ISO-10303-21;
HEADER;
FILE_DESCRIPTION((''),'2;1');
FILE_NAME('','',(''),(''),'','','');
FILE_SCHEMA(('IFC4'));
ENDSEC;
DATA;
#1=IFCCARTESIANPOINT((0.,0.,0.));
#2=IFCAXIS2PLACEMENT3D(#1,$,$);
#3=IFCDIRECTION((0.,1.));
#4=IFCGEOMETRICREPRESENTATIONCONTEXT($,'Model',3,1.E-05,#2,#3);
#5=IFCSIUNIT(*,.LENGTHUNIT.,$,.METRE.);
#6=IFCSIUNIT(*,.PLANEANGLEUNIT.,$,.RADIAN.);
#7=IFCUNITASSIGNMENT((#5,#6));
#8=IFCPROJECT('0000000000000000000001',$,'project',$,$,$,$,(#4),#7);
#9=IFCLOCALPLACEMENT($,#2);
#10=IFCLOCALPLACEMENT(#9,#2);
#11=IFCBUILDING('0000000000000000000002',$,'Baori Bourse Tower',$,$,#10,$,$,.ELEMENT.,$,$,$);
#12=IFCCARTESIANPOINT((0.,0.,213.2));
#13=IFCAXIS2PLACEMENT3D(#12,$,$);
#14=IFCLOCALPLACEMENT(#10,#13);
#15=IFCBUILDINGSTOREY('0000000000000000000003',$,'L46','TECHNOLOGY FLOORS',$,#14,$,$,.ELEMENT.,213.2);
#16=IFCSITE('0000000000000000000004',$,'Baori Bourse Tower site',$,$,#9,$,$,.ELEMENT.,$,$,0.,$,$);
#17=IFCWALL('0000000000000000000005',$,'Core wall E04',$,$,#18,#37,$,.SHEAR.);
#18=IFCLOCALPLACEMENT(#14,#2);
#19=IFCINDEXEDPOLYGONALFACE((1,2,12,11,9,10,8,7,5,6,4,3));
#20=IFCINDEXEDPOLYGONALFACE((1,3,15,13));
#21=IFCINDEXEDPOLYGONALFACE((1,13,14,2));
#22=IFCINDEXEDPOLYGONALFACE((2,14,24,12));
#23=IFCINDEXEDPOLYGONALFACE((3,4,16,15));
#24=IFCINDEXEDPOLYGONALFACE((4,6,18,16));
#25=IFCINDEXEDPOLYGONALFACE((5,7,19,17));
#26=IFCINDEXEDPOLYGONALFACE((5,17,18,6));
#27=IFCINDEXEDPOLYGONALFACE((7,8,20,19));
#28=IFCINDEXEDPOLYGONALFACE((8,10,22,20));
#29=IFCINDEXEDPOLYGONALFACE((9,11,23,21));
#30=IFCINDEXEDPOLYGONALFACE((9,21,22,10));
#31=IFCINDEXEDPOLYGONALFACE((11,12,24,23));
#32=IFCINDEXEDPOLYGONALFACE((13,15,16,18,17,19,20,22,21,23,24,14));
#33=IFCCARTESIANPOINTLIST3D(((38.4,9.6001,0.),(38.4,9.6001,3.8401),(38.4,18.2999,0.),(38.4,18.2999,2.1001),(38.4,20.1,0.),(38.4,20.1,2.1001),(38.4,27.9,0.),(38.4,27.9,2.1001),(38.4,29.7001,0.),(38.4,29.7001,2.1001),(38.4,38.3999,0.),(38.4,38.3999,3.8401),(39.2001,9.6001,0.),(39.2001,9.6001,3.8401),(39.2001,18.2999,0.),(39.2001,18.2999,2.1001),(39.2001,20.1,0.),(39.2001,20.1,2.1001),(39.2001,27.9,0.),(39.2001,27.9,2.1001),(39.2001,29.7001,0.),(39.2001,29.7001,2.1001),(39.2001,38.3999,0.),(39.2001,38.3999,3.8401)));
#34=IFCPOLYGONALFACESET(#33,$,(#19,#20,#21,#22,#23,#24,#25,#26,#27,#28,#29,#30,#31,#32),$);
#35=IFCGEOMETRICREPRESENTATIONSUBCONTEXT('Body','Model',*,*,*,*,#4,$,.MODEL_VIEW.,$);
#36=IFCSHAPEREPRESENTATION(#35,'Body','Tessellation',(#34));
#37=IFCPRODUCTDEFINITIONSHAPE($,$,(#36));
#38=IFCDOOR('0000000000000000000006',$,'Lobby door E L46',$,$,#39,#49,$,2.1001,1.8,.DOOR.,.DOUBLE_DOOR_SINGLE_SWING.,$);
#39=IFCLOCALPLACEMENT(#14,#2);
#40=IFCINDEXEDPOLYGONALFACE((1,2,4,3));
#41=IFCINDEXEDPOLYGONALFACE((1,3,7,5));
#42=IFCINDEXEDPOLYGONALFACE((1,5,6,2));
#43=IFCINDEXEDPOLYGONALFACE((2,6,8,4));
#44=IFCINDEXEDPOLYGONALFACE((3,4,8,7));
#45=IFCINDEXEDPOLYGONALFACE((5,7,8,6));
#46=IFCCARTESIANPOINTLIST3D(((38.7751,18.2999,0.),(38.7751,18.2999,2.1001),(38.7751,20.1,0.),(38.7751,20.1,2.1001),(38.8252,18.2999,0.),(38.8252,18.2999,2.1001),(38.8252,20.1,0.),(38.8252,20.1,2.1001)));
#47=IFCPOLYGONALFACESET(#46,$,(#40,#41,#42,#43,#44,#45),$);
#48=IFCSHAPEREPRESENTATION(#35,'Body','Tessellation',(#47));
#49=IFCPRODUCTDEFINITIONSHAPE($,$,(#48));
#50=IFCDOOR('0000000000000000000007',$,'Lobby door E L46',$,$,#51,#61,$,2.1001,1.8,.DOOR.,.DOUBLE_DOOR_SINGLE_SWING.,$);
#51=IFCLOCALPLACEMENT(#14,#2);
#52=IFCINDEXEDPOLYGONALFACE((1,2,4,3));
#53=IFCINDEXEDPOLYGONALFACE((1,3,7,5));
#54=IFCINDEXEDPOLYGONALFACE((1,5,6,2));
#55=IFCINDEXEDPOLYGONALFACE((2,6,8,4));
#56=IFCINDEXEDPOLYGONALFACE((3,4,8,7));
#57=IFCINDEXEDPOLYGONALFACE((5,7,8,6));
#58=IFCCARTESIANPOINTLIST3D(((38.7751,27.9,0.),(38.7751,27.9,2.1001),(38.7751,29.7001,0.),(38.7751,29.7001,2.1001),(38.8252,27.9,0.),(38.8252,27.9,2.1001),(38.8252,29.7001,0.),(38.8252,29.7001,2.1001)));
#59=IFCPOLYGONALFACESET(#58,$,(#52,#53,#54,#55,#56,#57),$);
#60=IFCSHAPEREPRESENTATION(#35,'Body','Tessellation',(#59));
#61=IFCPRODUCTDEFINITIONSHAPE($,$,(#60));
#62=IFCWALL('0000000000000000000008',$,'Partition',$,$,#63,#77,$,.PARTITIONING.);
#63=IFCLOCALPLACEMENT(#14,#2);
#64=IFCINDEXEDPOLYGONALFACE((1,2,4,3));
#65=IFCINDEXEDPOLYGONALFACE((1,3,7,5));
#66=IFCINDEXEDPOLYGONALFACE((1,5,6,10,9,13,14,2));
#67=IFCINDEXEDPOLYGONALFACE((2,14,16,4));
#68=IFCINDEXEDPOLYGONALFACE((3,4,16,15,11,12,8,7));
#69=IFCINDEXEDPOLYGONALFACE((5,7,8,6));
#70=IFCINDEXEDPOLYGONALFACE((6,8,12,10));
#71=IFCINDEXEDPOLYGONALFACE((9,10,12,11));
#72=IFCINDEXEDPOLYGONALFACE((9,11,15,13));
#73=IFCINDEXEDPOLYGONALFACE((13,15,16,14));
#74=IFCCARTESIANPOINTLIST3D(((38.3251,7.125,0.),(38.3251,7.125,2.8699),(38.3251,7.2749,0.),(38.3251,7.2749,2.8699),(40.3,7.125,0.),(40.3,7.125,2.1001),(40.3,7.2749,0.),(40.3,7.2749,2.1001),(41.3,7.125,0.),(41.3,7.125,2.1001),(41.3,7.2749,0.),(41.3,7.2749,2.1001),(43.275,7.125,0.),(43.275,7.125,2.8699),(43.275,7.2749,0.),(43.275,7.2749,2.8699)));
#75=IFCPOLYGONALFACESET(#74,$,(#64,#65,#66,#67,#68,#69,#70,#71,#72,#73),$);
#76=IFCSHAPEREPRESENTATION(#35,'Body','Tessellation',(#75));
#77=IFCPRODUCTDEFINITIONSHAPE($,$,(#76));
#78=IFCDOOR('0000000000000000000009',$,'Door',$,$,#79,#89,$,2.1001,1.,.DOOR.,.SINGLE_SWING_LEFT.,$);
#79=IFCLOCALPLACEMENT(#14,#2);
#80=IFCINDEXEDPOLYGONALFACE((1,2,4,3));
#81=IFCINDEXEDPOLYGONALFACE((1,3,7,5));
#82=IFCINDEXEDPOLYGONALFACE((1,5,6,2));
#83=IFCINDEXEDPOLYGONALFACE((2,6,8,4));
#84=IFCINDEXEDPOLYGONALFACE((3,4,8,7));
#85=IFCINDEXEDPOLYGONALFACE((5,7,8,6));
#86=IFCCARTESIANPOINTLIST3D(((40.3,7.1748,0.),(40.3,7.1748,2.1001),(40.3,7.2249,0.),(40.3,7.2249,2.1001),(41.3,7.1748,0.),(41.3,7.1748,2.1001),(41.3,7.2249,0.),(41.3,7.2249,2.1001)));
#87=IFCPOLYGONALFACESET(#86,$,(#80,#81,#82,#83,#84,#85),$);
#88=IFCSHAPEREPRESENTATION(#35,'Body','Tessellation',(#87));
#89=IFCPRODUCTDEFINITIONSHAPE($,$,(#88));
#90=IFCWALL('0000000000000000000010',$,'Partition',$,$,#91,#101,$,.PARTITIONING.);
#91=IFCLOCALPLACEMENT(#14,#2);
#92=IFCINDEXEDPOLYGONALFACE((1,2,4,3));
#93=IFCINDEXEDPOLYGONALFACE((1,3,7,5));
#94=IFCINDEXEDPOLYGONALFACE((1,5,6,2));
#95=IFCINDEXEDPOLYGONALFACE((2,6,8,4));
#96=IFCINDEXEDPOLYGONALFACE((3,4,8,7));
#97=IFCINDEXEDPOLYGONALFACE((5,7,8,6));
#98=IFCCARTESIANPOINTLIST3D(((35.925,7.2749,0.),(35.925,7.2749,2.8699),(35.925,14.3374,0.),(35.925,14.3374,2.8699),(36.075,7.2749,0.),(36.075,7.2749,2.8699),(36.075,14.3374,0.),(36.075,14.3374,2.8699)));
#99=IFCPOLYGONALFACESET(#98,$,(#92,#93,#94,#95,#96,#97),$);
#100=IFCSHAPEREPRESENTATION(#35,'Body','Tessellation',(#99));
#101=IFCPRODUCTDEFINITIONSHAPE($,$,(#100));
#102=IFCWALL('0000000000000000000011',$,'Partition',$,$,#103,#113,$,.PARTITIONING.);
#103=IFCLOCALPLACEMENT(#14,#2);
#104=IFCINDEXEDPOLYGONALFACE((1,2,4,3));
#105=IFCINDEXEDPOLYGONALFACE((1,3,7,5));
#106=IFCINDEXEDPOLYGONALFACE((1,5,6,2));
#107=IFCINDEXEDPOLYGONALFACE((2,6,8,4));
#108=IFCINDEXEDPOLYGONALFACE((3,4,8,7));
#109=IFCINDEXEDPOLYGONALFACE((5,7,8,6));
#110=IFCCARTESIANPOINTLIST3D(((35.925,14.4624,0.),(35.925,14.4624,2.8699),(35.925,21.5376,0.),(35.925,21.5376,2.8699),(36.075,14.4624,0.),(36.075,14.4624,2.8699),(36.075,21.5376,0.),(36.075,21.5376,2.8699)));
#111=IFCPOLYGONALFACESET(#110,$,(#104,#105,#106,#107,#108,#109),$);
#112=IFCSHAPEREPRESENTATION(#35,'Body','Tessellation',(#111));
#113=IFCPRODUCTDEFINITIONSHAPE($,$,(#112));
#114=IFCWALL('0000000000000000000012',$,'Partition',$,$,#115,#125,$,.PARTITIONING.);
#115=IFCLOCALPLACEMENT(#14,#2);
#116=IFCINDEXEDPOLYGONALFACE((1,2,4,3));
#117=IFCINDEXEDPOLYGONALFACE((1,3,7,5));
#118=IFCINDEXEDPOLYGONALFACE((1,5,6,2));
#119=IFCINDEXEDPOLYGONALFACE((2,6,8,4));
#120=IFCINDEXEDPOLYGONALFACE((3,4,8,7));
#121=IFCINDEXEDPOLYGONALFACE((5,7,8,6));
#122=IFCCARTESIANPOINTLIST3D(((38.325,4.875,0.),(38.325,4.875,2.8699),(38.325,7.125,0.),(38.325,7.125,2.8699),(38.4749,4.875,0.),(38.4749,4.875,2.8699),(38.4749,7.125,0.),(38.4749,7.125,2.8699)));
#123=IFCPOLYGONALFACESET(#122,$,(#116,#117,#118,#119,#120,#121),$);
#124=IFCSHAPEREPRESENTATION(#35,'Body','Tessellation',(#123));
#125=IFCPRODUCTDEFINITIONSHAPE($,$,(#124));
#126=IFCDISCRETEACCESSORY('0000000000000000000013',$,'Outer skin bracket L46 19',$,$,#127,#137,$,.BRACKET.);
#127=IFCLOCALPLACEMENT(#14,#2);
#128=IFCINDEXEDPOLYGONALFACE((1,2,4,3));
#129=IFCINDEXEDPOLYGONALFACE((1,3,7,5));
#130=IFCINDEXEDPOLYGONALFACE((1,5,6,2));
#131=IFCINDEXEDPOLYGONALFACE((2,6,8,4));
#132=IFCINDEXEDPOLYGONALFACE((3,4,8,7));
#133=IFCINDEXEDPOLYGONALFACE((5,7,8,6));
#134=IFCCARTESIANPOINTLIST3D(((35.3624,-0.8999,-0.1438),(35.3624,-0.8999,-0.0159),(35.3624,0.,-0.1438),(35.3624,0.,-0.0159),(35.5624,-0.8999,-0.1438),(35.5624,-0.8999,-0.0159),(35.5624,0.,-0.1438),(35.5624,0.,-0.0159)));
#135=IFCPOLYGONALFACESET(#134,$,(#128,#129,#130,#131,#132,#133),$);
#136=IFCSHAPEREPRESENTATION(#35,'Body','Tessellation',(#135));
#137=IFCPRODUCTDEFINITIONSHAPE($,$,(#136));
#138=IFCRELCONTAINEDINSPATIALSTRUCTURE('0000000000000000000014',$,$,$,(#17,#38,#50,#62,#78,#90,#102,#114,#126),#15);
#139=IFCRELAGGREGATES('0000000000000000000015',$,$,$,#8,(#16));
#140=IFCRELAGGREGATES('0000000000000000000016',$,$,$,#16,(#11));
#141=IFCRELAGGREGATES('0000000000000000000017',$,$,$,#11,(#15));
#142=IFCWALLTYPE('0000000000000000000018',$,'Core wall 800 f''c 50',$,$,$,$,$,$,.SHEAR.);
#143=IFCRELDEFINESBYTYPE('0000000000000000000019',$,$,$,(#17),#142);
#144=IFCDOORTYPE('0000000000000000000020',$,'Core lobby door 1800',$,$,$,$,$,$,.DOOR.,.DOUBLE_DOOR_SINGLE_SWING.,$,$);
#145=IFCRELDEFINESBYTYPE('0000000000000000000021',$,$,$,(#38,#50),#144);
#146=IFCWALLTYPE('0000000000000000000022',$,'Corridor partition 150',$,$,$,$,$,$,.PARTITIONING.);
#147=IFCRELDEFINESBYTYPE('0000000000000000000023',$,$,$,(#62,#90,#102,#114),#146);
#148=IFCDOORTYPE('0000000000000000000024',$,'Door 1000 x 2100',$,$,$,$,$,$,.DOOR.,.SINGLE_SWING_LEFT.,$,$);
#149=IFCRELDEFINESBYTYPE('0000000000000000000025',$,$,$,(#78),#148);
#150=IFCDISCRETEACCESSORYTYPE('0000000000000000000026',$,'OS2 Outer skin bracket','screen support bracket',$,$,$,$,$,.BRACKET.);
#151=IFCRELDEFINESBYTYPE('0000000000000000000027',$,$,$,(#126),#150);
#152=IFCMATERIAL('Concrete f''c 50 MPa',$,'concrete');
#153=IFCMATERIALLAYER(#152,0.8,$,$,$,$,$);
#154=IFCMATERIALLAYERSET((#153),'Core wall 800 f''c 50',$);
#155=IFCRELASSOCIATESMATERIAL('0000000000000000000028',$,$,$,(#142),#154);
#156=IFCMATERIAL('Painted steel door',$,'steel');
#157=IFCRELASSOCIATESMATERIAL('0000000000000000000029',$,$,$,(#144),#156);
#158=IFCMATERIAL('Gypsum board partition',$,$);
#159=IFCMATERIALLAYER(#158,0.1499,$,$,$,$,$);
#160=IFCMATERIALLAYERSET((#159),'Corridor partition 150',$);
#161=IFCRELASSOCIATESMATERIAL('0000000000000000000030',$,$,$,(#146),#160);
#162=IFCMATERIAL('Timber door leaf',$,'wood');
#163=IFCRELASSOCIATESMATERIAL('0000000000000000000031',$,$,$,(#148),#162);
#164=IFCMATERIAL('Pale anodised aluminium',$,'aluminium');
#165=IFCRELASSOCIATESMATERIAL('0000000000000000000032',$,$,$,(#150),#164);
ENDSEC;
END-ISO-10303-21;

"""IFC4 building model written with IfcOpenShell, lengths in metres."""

from ifc_helpers import new_model, si_unit, direction, frame, frame_2d, origin, origin_2d, place, context, subcontext, project, spatial, rectangle, extrude, material, layer, layer_set, type_object, element, fill, save


model = new_model("IFC4")

# Units and contexts
model_context = context("Model", 3, precision=1e-05, world=origin(), true_north=direction((0.0, 1.0)))
body_context = subcontext(model_context, "Body", "Model", "MODEL_VIEW")
ifc_project = project(units=[si_unit("LENGTHUNIT", "METRE"), si_unit("PLANEANGLEUNIT", "RADIAN")], contexts=[model_context])

# Site, building, storey
site_placement = place(None, origin())
site = spatial("IfcSite", under=ifc_project, at=site_placement, Name="Baori Bourse Tower site", CompositionType="ELEMENT", RefElevation=0.0)
building_placement = place(site_placement, origin())
building = spatial("IfcBuilding", under=site, at=building_placement, Name="Baori Bourse Tower", CompositionType="ELEMENT")
storey_placement = place(building_placement, frame((0.0, 0.0, 213.2)))
storey = spatial("IfcBuildingStorey", under=building, at=storey_placement, Name="L46", Description="TECHNOLOGY FLOORS", CompositionType="ELEMENT", Elevation=213.2)

# Wall, openings, doors
ifc_material_1 = material(Name="Concrete f'c 50 MPa", Category="concrete")
ifc_layer_1 = layer(ifc_material_1, 0.8)
ifc_layer_set_1 = layer_set([ifc_layer_1], Name="Core wall 800 f'c 50")
wall_type_1 = type_object("IfcWallType", Name="Core wall 800 f'c 50", PredefinedType="SHEAR", material=ifc_layer_set_1)
wall_1_placement = place(storey_placement, frame((38.8, 9.6001, 0.0), z_axis=(0.0, 0.0, 1.0), x_axis=(0.0, 1.0, 0.0)))
wall_1 = element("IfcWall", 1, at=wall_1_placement, inside=storey, type_object=wall_type_1, Name="Core wall E04", PredefinedType="SHEAR", context=body_context, shape_type="SweptSolid", body=[
    extrude(rectangle(XDim=28.7998, YDim=0.8, at=frame_2d((14.3999, 0.0))), origin(), (0.0, 0.0, 1.0), 3.8401),
])
opening_1_placement = place(wall_1_placement, frame((8.7, 0.0, 0.0)))
opening_1 = element("IfcOpeningElement", 2, at=opening_1_placement, cuts=wall_1, PredefinedType="OPENING", context=body_context, shape_type="SweptSolid", body=[
    extrude(rectangle(XDim=1.8, YDim=2.1001, at=frame_2d((0.8999, 1.05))), frame((0.0, 0.4099, 0.0), z_axis=(0.0, -1.0, 0.0), x_axis=(1.0, 0.0, 0.0)), (0.0, 0.0, 1.0), 0.8201),
])
opening_2_placement = place(wall_1_placement, frame((18.3, 0.0, 0.0)))
opening_2 = element("IfcOpeningElement", 3, at=opening_2_placement, cuts=wall_1, PredefinedType="OPENING", context=body_context, shape_type="SweptSolid", body=[
    extrude(rectangle(XDim=1.8, YDim=2.1001, at=frame_2d((0.8999, 1.05))), frame((0.0, 0.4099, 0.0), z_axis=(0.0, -1.0, 0.0), x_axis=(1.0, 0.0, 0.0)), (0.0, 0.0, 1.0), 0.8201),
])
ifc_material_2 = material(Name="Painted steel door", Category="steel")
door_type_1 = type_object("IfcDoorType", Name="Core lobby door 1800", OperationType="DOUBLE_DOOR_SINGLE_SWING", PredefinedType="DOOR", material=ifc_material_2)
door_1_placement = place(opening_1_placement, origin())
door_1 = element("IfcDoor", 4, at=door_1_placement, inside=storey, type_object=door_type_1, Name="Lobby door E L46", OperationType="DOUBLE_DOOR_SINGLE_SWING", OverallHeight=2.1001, OverallWidth=1.8, PredefinedType="DOOR", context=body_context, shape_type="SweptSolid", body=[
    extrude(rectangle(XDim=1.8, YDim=2.1001, at=frame_2d((0.8999, 1.05))), frame((0.0, 0.0249, 0.0), z_axis=(0.0, -1.0, 0.0), x_axis=(1.0, 0.0, 0.0)), (0.0, 0.0, 1.0), 0.05),
])
fill(opening_1, door_1)
door_2_placement = place(opening_2_placement, origin())
door_2 = element("IfcDoor", 5, at=door_2_placement, inside=storey, type_object=door_type_1, Name="Lobby door E L46", OperationType="DOUBLE_DOOR_SINGLE_SWING", OverallHeight=2.1001, OverallWidth=1.8, PredefinedType="DOOR", context=body_context, shape_type="SweptSolid", body=[
    extrude(rectangle(XDim=1.8, YDim=2.1001, at=frame_2d((0.8999, 1.05))), frame((0.0, 0.0249, 0.0), z_axis=(0.0, -1.0, 0.0), x_axis=(1.0, 0.0, 0.0)), (0.0, 0.0, 1.0), 0.05),
])
fill(opening_2, door_2)

# Wall, opening, door
ifc_material_3 = material(Name="Gypsum board partition")
ifc_layer_2 = layer(ifc_material_3, 0.1499)
ifc_layer_set_2 = layer_set([ifc_layer_2], Name="Corridor partition 150")
wall_type_2 = type_object("IfcWallType", Name="Corridor partition 150", PredefinedType="PARTITIONING", material=ifc_layer_set_2)
wall_2_placement = place(storey_placement, frame((38.325, 7.2, 0.0), z_axis=(0.0, 0.0, 1.0), x_axis=(1.0, 0.0, 0.0)))
wall_2 = element("IfcWall", 6, at=wall_2_placement, inside=storey, type_object=wall_type_2, Name="Partition", PredefinedType="PARTITIONING", context=body_context, shape_type="SweptSolid", body=[
    extrude(rectangle(XDim=4.95, YDim=0.1499, at=frame_2d((2.4751, 0.0))), origin(), (0.0, 0.0, 1.0), 2.8699),
])
opening_3_placement = place(wall_2_placement, frame((1.9751, 0.0, 0.0)))
opening_3 = element("IfcOpeningElement", 7, at=opening_3_placement, cuts=wall_2, PredefinedType="OPENING", context=body_context, shape_type="SweptSolid", body=[
    extrude(rectangle(XDim=1.0, YDim=2.1001, at=frame_2d((0.5, 1.05))), frame((0.0, 0.085, 0.0), z_axis=(0.0, -1.0, 0.0), x_axis=(1.0, 0.0, 0.0)), (0.0, 0.0, 1.0), 0.1699),
])
ifc_material_4 = material(Name="Timber door leaf", Category="wood")
door_type_2 = type_object("IfcDoorType", Name="Door 1000 x 2100", OperationType="SINGLE_SWING_LEFT", PredefinedType="DOOR", material=ifc_material_4)
door_3_placement = place(opening_3_placement, origin())
door_3 = element("IfcDoor", 8, at=door_3_placement, inside=storey, type_object=door_type_2, Name="Door", OperationType="SINGLE_SWING_LEFT", OverallHeight=2.1001, OverallWidth=1.0, PredefinedType="DOOR", context=body_context, shape_type="SweptSolid", body=[
    extrude(rectangle(XDim=1.0, YDim=2.1001, at=frame_2d((0.5, 1.05))), frame((0.0, 0.0249, 0.0), z_axis=(0.0, -1.0, 0.0), x_axis=(1.0, 0.0, 0.0)), (0.0, 0.0, 1.0), 0.05),
])
fill(opening_3, door_3)

# Walls
wall_3_placement = place(storey_placement, frame((36.0, 7.2749, 0.0), z_axis=(0.0, 0.0, 1.0), x_axis=(0.0, 1.0, 0.0)))
element("IfcWall", 9, at=wall_3_placement, inside=storey, type_object=wall_type_2, Name="Partition", PredefinedType="PARTITIONING", context=body_context, shape_type="SweptSolid", body=[
    extrude(rectangle(XDim=7.0625, YDim=0.1499, at=frame_2d((3.5312, 0.0))), origin(), (0.0, 0.0, 1.0), 2.8699),
])
wall_4_placement = place(storey_placement, frame((36.0, 14.4624, 0.0), z_axis=(0.0, 0.0, 1.0), x_axis=(0.0, 1.0, 0.0)))
element("IfcWall", 10, at=wall_4_placement, inside=storey, type_object=wall_type_2, Name="Partition", PredefinedType="PARTITIONING", context=body_context, shape_type="SweptSolid", body=[
    extrude(rectangle(XDim=7.0752, YDim=0.1499, at=frame_2d((3.5376, 0.0))), origin(), (0.0, 0.0, 1.0), 2.8699),
])
wall_5_placement = place(storey_placement, frame((38.3999, 4.875, 0.0), z_axis=(0.0, 0.0, 1.0), x_axis=(0.0, 1.0, 0.0)))
element("IfcWall", 11, at=wall_5_placement, inside=storey, type_object=wall_type_2, Name="Partition", PredefinedType="PARTITIONING", context=body_context, shape_type="SweptSolid", body=[
    extrude(rectangle(XDim=2.25, YDim=0.1499, at=frame_2d((1.125, 0.0))), origin(), (0.0, 0.0, 1.0), 2.8699),
])

# Discrete accessory
ifc_material_5 = material(Name="Pale anodised aluminium", Category="aluminium")
discrete_accessory_type = type_object("IfcDiscreteAccessoryType", Name="OS2 Outer skin bracket", Description="screen support bracket", PredefinedType="BRACKET", material=ifc_material_5)
discrete_accessory_placement = place(storey_placement, frame((35.4624, -0.45, -0.1438), z_axis=(0.0, 0.0, 1.0), x_axis=(1.0, 0.0, 0.0)))
element("IfcDiscreteAccessory", 12, at=discrete_accessory_placement, inside=storey, type_object=discrete_accessory_type, Name="Outer skin bracket L46 19", PredefinedType="BRACKET", context=body_context, shape_type="SweptSolid", body=[
    extrude(rectangle(XDim=0.2, YDim=0.8999, at=origin_2d()), origin(), (0.0, 0.0, 1.0), 0.1279),
])

save(model, "model.ifc")
